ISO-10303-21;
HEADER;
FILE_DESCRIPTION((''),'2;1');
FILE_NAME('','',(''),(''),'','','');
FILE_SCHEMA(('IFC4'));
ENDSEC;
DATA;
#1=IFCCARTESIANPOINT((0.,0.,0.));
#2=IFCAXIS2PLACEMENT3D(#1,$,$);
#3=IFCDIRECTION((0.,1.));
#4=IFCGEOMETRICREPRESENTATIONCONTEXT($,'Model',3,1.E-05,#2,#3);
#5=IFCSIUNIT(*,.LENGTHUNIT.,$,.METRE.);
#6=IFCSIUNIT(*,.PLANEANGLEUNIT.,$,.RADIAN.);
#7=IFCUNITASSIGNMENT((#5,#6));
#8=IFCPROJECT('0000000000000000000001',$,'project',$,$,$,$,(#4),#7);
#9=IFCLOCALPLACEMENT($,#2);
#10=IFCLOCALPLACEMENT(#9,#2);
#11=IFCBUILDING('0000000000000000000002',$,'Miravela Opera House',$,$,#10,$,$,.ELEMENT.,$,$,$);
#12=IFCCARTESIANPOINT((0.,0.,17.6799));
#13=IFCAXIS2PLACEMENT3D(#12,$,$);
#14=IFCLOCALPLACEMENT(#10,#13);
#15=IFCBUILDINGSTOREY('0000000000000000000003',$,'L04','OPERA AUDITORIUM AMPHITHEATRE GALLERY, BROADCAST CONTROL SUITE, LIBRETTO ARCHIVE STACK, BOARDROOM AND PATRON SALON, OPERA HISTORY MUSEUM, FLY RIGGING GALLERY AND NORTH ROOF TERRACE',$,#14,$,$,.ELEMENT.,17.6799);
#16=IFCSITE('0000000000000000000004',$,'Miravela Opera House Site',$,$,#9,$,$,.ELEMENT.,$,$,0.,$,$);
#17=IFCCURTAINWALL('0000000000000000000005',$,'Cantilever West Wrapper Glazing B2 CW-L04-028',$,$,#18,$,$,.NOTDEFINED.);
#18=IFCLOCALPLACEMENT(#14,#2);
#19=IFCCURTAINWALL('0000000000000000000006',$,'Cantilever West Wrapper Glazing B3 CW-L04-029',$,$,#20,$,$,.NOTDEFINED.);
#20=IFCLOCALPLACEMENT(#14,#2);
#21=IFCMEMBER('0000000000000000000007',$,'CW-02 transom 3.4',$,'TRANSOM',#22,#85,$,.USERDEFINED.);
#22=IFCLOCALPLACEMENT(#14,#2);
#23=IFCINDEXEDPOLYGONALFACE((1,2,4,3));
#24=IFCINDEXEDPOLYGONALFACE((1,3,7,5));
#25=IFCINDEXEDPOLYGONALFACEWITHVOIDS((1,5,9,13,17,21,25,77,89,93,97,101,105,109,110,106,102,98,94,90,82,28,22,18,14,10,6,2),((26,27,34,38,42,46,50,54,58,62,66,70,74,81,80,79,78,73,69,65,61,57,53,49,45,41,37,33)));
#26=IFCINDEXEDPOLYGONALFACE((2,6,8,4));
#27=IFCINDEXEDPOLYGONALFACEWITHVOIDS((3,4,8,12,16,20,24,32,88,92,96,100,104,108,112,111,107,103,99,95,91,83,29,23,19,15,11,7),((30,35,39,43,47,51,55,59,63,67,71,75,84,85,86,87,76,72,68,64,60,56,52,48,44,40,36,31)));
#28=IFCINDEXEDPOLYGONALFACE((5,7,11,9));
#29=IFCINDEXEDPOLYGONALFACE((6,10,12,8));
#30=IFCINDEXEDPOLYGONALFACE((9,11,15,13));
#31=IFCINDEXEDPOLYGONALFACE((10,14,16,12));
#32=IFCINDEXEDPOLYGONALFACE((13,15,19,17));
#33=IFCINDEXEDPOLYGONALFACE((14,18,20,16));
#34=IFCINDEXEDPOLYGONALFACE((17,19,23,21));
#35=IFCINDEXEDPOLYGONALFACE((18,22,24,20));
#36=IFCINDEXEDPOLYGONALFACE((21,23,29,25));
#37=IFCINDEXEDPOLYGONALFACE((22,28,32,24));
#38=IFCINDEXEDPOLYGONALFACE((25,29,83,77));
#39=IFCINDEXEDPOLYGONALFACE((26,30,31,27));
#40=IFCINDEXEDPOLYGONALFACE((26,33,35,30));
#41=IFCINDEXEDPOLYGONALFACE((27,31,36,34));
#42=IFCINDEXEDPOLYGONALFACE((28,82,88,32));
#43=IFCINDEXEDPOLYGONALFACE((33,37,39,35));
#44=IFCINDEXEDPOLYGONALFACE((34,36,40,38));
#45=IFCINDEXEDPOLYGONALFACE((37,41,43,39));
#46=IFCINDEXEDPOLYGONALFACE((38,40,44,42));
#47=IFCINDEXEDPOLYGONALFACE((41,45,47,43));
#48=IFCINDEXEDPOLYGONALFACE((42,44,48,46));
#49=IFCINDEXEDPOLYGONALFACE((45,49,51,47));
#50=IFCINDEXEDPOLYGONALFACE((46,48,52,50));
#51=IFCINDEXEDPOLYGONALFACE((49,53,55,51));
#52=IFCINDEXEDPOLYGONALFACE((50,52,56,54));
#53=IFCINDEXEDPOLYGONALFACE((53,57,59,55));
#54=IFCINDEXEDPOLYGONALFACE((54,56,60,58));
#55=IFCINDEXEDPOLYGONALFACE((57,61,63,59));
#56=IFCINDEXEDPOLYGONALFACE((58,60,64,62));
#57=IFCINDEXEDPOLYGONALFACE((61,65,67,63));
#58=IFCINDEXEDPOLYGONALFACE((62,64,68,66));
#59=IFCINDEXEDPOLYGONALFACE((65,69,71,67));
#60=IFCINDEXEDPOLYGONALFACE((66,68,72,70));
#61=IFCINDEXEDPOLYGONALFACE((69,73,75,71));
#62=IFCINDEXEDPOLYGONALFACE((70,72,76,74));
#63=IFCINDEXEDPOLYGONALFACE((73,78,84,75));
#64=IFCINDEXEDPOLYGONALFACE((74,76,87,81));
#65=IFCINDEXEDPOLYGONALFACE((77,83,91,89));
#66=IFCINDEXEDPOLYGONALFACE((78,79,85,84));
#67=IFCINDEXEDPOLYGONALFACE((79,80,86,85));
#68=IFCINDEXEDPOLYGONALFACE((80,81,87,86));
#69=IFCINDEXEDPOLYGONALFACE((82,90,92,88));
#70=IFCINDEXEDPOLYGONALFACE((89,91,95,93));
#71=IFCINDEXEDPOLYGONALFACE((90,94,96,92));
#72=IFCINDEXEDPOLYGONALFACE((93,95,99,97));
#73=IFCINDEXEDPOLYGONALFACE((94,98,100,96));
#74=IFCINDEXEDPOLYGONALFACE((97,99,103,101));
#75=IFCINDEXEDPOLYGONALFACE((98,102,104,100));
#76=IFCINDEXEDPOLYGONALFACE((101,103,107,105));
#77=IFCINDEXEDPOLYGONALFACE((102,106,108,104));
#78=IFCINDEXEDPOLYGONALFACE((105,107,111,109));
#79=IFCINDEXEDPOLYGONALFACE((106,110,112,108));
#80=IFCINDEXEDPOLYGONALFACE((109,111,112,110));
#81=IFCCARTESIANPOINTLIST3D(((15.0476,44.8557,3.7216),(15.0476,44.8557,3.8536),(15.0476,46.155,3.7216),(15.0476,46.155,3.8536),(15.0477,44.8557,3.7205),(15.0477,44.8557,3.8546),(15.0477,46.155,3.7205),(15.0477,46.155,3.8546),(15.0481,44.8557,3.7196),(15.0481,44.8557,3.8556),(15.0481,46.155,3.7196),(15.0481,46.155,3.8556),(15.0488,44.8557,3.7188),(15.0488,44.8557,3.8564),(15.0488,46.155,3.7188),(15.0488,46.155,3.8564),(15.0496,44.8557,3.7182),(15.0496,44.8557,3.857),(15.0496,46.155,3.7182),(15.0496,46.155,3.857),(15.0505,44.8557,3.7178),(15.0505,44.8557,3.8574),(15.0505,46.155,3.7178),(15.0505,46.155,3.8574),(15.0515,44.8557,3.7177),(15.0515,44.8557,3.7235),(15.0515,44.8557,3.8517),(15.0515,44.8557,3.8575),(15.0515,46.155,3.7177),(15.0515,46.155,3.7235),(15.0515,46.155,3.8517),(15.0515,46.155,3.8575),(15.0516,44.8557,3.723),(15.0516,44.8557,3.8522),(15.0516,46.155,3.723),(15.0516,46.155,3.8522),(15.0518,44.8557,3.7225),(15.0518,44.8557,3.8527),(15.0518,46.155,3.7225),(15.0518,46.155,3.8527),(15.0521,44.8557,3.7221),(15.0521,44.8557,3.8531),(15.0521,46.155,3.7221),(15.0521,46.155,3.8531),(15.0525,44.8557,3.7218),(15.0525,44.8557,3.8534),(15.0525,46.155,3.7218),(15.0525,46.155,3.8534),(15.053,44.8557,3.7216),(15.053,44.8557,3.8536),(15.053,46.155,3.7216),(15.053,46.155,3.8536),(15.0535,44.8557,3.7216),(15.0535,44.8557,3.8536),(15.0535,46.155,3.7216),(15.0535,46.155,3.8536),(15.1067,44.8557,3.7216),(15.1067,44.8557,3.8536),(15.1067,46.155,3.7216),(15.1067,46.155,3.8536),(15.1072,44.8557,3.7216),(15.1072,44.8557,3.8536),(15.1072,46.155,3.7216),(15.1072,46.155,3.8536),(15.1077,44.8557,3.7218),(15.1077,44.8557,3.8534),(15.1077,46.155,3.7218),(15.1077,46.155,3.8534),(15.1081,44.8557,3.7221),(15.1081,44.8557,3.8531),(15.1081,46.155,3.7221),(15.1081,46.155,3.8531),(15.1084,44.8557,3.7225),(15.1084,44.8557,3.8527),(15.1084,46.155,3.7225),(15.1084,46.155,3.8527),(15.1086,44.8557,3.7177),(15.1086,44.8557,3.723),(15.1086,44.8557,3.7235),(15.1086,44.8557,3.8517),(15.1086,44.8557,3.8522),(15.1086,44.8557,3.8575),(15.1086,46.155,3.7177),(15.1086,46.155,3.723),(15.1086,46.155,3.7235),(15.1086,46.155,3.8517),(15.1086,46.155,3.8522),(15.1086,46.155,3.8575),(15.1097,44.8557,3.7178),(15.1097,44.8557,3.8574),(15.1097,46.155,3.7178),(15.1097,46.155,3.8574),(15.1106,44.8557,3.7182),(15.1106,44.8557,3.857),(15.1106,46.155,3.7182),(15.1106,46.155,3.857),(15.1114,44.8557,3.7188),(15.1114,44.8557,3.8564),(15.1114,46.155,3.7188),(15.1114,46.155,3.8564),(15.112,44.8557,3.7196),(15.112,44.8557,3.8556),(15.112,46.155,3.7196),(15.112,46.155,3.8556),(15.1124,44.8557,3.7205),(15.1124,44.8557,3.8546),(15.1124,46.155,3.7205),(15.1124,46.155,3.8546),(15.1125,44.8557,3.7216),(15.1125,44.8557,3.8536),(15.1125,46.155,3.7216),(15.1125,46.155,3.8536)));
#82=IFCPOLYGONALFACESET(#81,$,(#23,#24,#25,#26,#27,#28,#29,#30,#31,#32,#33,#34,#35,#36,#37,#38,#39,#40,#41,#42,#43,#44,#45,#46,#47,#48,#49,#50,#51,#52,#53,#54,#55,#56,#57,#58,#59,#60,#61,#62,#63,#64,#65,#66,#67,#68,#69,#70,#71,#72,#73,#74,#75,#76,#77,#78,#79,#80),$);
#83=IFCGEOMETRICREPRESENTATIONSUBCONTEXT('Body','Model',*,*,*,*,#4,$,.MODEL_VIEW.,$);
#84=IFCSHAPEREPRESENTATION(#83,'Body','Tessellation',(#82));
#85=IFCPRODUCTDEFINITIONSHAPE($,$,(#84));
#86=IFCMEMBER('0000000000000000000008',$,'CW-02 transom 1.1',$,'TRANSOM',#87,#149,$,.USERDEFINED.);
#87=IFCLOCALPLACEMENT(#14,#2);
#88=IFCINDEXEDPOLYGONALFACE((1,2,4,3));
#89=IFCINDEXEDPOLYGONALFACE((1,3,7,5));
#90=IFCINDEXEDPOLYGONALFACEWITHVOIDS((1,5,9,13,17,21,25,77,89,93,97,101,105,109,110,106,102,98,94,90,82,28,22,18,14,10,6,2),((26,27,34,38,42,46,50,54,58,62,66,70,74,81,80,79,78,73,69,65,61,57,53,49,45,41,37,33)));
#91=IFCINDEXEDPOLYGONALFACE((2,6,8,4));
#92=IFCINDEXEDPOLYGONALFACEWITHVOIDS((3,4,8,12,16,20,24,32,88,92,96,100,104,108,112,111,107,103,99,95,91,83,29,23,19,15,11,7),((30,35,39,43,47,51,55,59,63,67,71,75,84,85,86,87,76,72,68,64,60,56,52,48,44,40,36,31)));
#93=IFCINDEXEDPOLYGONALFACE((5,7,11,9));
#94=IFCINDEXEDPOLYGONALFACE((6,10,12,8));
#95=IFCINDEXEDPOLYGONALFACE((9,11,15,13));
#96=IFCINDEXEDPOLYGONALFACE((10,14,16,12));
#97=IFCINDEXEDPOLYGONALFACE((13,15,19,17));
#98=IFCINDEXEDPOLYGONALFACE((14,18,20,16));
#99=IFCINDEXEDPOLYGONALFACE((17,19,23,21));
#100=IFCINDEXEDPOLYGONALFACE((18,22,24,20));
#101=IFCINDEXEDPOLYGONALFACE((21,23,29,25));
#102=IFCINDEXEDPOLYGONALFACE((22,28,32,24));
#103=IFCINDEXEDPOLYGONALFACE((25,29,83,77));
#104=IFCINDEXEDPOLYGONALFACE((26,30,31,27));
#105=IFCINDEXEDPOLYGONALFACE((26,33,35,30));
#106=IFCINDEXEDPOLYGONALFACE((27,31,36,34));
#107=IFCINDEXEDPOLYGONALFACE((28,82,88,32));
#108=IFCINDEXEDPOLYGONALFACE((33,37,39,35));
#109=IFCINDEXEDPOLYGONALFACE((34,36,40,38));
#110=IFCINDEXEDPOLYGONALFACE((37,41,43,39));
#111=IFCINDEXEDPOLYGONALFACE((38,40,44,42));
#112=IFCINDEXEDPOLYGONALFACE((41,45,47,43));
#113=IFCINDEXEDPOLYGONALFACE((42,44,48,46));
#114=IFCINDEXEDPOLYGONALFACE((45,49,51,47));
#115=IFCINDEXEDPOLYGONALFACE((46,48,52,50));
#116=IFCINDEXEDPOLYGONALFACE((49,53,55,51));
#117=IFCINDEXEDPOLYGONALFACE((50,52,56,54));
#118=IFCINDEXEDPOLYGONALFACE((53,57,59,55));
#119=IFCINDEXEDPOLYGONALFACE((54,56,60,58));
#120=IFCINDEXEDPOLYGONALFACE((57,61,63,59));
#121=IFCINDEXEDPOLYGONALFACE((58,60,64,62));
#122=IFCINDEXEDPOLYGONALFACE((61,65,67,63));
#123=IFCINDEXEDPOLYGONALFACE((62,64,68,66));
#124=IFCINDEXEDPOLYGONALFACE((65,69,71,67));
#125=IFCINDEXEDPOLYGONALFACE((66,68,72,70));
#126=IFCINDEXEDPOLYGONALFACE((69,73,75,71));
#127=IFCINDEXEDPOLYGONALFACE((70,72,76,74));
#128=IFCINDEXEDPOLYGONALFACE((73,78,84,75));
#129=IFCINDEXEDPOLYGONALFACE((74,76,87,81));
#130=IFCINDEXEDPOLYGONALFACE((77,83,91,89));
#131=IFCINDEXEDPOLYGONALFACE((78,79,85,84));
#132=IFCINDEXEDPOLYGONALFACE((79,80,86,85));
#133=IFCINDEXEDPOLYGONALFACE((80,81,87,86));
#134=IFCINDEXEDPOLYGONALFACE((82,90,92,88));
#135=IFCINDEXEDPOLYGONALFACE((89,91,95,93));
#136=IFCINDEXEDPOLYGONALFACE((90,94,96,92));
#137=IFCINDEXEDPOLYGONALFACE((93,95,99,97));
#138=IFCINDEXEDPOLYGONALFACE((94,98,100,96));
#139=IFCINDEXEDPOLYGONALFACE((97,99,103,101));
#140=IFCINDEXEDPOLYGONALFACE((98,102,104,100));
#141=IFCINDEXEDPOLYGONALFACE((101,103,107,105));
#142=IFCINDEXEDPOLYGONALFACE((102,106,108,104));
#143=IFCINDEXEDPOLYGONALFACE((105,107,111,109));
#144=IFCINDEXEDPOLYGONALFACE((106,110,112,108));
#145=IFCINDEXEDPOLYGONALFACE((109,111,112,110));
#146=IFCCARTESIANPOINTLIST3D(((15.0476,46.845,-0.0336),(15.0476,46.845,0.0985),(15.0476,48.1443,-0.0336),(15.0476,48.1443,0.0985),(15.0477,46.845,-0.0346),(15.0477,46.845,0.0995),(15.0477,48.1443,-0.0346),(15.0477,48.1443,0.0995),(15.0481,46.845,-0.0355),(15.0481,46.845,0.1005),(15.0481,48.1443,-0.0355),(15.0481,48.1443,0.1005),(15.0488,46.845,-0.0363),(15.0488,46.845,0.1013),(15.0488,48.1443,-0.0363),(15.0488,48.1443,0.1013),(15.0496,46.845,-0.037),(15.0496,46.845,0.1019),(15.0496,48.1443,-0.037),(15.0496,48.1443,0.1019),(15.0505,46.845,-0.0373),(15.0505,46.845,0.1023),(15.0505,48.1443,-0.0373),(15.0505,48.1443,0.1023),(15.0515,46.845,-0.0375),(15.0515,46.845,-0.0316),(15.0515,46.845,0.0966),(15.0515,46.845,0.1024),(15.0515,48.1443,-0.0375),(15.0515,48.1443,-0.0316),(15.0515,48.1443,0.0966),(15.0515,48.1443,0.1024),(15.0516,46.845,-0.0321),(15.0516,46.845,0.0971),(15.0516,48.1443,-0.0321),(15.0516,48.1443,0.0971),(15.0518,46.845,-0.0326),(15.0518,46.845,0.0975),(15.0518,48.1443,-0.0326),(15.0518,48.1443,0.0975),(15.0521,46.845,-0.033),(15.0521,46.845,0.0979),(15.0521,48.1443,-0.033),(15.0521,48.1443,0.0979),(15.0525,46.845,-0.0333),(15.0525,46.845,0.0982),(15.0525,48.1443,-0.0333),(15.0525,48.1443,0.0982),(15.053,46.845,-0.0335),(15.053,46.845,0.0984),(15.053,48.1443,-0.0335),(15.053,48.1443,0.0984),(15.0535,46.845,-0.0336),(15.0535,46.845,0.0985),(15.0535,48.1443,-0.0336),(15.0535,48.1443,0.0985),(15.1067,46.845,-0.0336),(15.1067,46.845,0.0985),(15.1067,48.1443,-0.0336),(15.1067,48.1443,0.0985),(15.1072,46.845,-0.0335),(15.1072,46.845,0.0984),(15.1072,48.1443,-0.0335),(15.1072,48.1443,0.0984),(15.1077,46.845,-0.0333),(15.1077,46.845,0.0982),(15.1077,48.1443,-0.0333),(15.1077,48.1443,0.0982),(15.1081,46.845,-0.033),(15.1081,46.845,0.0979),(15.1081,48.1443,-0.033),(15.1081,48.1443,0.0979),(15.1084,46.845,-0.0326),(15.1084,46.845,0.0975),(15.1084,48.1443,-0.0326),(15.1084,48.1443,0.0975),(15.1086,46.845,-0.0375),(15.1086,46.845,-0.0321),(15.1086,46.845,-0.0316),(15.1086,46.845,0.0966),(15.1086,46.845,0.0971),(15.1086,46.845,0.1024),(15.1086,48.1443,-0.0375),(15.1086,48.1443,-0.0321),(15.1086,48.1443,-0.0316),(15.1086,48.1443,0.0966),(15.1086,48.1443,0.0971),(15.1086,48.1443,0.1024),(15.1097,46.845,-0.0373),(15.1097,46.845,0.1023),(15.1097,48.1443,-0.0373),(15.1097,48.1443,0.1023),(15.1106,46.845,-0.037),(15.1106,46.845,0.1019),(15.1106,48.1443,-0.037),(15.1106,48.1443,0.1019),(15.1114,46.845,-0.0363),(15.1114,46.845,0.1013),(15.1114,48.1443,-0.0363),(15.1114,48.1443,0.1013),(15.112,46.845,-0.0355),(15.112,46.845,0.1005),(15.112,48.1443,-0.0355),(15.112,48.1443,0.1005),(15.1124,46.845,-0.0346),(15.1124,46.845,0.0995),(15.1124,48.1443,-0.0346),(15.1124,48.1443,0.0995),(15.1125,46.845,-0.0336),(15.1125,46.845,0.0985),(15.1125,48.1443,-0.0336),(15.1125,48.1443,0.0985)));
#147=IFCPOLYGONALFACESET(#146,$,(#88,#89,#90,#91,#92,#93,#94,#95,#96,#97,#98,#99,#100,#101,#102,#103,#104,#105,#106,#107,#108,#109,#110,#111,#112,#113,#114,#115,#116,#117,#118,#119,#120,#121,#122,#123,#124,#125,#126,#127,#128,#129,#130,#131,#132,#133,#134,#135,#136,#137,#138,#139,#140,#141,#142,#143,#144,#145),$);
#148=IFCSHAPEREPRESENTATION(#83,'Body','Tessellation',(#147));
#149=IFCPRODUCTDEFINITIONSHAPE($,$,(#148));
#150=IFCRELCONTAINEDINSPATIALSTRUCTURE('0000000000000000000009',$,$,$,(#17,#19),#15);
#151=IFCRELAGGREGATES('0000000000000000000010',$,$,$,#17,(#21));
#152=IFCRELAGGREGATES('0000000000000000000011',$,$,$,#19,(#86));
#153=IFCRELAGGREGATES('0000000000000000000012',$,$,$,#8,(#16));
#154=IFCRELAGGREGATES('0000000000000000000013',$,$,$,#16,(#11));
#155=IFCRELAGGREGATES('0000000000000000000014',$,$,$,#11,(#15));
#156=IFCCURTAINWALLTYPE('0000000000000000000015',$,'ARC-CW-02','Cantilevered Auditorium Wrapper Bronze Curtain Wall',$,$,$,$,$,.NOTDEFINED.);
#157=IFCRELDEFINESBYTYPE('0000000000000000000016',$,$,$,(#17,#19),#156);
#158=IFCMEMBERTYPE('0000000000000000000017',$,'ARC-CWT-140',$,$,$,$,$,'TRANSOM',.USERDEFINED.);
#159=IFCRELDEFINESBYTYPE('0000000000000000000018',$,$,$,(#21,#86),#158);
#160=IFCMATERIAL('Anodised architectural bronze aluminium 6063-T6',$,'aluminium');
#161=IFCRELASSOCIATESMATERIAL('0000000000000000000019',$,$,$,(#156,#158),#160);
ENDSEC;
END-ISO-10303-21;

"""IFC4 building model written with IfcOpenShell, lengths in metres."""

from ifc_helpers import new_model, si_unit, direction, frame, origin, origin_2d, place, context, subcontext, project, spatial, hollow_rectangle, extrude, material, material_profile, profile_set, type_object, element, aggregate, save


model = new_model("IFC4")

# Units and contexts
model_context = context("Model", 3, precision=1e-05, world=origin(), true_north=direction((0.0, 1.0)))
body_context = subcontext(model_context, "Body", "Model", "MODEL_VIEW")
ifc_project = project(units=[si_unit("LENGTHUNIT", "METRE"), si_unit("PLANEANGLEUNIT", "RADIAN")], contexts=[model_context])

# Site, building, storey
site_placement = place(None, origin())
site = spatial("IfcSite", under=ifc_project, at=site_placement, Name="Miravela Opera House Site", CompositionType="ELEMENT", RefElevation=0.0)
building_placement = place(site_placement, origin())
building = spatial("IfcBuilding", under=site, at=building_placement, Name="Miravela Opera House", CompositionType="ELEMENT")
storey_placement = place(building_placement, frame((0.0, 0.0, 17.6799)))
storey = spatial("IfcBuildingStorey", under=building, at=storey_placement, Name="L04", Description="OPERA AUDITORIUM AMPHITHEATRE GALLERY, BROADCAST CONTROL SUITE, LIBRETTO ARCHIVE STACK, BOARDROOM AND PATRON SALON, OPERA HISTORY MUSEUM, FLY RIGGING GALLERY AND NORTH ROOF TERRACE", CompositionType="ELEMENT", Elevation=17.6799)

# Curtain wall
ifc_material_1 = material(Name="Anodised architectural bronze aluminium 6063-T6", Category="aluminium")
curtain_wall_type = type_object("IfcCurtainWallType", Name="ARC-CW-02", Description="Cantilevered Auditorium Wrapper Bronze Curtain Wall", PredefinedType="NOTDEFINED", material=ifc_material_1)
curtain_wall_1_placement = place(storey_placement, origin())
curtain_wall_1 = element("IfcCurtainWall", 1, at=curtain_wall_1_placement, inside=storey, type_object=curtain_wall_type, Name="Cantilever West Wrapper Glazing B2 CW-L04-028", PredefinedType="NOTDEFINED")

# Curtain wall
curtain_wall_2_placement = place(storey_placement, origin())
curtain_wall_2 = element("IfcCurtainWall", 2, at=curtain_wall_2_placement, inside=storey, type_object=curtain_wall_type, Name="Cantilever West Wrapper Glazing B3 CW-L04-029", PredefinedType="NOTDEFINED")

# Members
ifc_material_profile_1 = material_profile(ifc_material_1, hollow_rectangle(XDim=0.0649, YDim=0.1399, WallThickness=0.0039, InnerFilletRadius=0.002, OuterFilletRadius=0.0039, at=origin_2d()), Name="CWT-65X140")
ifc_profile_set_1 = profile_set([ifc_material_profile_1])
member_type_1 = type_object("IfcMemberType", Name="ARC-CWT-140", ElementType="TRANSOM", PredefinedType="USERDEFINED", material=ifc_profile_set_1)
member_1_placement = place(storey_placement, frame((15.0801, 44.8557, 3.7876), z_axis=(0.0, 1.0, 0.0), x_axis=(-1.0, 0.0, 0.0)))
member_1 = element("IfcMember", 3, at=member_1_placement, type_object=member_type_1, Name="CW-02 transom 3.4", ObjectType="TRANSOM", PredefinedType="USERDEFINED", context=body_context, shape_type="SweptSolid", body=[
    extrude(hollow_rectangle(XDim=0.0649, YDim=0.1399, WallThickness=0.0039, InnerFilletRadius=0.002, OuterFilletRadius=0.0039, at=origin_2d()), origin(), (0.0, 0.0, 1.0), 1.2993),
])
member_2_placement = place(storey_placement, frame((15.0801, 46.845, 0.0325), z_axis=(0.0, 1.0, 0.0), x_axis=(-1.0, 0.0, 0.0)))
member_2 = element("IfcMember", 4, at=member_2_placement, type_object=member_type_1, Name="CW-02 transom 1.1", ObjectType="TRANSOM", PredefinedType="USERDEFINED", context=body_context, shape_type="SweptSolid", body=[
    extrude(hollow_rectangle(XDim=0.0649, YDim=0.1399, WallThickness=0.0039, InnerFilletRadius=0.002, OuterFilletRadius=0.0039, at=origin_2d()), origin(), (0.0, 0.0, 1.0), 1.2993),
])

aggregate(curtain_wall_1, [member_1])
aggregate(curtain_wall_2, [member_2])

save(model, "model.ifc")
